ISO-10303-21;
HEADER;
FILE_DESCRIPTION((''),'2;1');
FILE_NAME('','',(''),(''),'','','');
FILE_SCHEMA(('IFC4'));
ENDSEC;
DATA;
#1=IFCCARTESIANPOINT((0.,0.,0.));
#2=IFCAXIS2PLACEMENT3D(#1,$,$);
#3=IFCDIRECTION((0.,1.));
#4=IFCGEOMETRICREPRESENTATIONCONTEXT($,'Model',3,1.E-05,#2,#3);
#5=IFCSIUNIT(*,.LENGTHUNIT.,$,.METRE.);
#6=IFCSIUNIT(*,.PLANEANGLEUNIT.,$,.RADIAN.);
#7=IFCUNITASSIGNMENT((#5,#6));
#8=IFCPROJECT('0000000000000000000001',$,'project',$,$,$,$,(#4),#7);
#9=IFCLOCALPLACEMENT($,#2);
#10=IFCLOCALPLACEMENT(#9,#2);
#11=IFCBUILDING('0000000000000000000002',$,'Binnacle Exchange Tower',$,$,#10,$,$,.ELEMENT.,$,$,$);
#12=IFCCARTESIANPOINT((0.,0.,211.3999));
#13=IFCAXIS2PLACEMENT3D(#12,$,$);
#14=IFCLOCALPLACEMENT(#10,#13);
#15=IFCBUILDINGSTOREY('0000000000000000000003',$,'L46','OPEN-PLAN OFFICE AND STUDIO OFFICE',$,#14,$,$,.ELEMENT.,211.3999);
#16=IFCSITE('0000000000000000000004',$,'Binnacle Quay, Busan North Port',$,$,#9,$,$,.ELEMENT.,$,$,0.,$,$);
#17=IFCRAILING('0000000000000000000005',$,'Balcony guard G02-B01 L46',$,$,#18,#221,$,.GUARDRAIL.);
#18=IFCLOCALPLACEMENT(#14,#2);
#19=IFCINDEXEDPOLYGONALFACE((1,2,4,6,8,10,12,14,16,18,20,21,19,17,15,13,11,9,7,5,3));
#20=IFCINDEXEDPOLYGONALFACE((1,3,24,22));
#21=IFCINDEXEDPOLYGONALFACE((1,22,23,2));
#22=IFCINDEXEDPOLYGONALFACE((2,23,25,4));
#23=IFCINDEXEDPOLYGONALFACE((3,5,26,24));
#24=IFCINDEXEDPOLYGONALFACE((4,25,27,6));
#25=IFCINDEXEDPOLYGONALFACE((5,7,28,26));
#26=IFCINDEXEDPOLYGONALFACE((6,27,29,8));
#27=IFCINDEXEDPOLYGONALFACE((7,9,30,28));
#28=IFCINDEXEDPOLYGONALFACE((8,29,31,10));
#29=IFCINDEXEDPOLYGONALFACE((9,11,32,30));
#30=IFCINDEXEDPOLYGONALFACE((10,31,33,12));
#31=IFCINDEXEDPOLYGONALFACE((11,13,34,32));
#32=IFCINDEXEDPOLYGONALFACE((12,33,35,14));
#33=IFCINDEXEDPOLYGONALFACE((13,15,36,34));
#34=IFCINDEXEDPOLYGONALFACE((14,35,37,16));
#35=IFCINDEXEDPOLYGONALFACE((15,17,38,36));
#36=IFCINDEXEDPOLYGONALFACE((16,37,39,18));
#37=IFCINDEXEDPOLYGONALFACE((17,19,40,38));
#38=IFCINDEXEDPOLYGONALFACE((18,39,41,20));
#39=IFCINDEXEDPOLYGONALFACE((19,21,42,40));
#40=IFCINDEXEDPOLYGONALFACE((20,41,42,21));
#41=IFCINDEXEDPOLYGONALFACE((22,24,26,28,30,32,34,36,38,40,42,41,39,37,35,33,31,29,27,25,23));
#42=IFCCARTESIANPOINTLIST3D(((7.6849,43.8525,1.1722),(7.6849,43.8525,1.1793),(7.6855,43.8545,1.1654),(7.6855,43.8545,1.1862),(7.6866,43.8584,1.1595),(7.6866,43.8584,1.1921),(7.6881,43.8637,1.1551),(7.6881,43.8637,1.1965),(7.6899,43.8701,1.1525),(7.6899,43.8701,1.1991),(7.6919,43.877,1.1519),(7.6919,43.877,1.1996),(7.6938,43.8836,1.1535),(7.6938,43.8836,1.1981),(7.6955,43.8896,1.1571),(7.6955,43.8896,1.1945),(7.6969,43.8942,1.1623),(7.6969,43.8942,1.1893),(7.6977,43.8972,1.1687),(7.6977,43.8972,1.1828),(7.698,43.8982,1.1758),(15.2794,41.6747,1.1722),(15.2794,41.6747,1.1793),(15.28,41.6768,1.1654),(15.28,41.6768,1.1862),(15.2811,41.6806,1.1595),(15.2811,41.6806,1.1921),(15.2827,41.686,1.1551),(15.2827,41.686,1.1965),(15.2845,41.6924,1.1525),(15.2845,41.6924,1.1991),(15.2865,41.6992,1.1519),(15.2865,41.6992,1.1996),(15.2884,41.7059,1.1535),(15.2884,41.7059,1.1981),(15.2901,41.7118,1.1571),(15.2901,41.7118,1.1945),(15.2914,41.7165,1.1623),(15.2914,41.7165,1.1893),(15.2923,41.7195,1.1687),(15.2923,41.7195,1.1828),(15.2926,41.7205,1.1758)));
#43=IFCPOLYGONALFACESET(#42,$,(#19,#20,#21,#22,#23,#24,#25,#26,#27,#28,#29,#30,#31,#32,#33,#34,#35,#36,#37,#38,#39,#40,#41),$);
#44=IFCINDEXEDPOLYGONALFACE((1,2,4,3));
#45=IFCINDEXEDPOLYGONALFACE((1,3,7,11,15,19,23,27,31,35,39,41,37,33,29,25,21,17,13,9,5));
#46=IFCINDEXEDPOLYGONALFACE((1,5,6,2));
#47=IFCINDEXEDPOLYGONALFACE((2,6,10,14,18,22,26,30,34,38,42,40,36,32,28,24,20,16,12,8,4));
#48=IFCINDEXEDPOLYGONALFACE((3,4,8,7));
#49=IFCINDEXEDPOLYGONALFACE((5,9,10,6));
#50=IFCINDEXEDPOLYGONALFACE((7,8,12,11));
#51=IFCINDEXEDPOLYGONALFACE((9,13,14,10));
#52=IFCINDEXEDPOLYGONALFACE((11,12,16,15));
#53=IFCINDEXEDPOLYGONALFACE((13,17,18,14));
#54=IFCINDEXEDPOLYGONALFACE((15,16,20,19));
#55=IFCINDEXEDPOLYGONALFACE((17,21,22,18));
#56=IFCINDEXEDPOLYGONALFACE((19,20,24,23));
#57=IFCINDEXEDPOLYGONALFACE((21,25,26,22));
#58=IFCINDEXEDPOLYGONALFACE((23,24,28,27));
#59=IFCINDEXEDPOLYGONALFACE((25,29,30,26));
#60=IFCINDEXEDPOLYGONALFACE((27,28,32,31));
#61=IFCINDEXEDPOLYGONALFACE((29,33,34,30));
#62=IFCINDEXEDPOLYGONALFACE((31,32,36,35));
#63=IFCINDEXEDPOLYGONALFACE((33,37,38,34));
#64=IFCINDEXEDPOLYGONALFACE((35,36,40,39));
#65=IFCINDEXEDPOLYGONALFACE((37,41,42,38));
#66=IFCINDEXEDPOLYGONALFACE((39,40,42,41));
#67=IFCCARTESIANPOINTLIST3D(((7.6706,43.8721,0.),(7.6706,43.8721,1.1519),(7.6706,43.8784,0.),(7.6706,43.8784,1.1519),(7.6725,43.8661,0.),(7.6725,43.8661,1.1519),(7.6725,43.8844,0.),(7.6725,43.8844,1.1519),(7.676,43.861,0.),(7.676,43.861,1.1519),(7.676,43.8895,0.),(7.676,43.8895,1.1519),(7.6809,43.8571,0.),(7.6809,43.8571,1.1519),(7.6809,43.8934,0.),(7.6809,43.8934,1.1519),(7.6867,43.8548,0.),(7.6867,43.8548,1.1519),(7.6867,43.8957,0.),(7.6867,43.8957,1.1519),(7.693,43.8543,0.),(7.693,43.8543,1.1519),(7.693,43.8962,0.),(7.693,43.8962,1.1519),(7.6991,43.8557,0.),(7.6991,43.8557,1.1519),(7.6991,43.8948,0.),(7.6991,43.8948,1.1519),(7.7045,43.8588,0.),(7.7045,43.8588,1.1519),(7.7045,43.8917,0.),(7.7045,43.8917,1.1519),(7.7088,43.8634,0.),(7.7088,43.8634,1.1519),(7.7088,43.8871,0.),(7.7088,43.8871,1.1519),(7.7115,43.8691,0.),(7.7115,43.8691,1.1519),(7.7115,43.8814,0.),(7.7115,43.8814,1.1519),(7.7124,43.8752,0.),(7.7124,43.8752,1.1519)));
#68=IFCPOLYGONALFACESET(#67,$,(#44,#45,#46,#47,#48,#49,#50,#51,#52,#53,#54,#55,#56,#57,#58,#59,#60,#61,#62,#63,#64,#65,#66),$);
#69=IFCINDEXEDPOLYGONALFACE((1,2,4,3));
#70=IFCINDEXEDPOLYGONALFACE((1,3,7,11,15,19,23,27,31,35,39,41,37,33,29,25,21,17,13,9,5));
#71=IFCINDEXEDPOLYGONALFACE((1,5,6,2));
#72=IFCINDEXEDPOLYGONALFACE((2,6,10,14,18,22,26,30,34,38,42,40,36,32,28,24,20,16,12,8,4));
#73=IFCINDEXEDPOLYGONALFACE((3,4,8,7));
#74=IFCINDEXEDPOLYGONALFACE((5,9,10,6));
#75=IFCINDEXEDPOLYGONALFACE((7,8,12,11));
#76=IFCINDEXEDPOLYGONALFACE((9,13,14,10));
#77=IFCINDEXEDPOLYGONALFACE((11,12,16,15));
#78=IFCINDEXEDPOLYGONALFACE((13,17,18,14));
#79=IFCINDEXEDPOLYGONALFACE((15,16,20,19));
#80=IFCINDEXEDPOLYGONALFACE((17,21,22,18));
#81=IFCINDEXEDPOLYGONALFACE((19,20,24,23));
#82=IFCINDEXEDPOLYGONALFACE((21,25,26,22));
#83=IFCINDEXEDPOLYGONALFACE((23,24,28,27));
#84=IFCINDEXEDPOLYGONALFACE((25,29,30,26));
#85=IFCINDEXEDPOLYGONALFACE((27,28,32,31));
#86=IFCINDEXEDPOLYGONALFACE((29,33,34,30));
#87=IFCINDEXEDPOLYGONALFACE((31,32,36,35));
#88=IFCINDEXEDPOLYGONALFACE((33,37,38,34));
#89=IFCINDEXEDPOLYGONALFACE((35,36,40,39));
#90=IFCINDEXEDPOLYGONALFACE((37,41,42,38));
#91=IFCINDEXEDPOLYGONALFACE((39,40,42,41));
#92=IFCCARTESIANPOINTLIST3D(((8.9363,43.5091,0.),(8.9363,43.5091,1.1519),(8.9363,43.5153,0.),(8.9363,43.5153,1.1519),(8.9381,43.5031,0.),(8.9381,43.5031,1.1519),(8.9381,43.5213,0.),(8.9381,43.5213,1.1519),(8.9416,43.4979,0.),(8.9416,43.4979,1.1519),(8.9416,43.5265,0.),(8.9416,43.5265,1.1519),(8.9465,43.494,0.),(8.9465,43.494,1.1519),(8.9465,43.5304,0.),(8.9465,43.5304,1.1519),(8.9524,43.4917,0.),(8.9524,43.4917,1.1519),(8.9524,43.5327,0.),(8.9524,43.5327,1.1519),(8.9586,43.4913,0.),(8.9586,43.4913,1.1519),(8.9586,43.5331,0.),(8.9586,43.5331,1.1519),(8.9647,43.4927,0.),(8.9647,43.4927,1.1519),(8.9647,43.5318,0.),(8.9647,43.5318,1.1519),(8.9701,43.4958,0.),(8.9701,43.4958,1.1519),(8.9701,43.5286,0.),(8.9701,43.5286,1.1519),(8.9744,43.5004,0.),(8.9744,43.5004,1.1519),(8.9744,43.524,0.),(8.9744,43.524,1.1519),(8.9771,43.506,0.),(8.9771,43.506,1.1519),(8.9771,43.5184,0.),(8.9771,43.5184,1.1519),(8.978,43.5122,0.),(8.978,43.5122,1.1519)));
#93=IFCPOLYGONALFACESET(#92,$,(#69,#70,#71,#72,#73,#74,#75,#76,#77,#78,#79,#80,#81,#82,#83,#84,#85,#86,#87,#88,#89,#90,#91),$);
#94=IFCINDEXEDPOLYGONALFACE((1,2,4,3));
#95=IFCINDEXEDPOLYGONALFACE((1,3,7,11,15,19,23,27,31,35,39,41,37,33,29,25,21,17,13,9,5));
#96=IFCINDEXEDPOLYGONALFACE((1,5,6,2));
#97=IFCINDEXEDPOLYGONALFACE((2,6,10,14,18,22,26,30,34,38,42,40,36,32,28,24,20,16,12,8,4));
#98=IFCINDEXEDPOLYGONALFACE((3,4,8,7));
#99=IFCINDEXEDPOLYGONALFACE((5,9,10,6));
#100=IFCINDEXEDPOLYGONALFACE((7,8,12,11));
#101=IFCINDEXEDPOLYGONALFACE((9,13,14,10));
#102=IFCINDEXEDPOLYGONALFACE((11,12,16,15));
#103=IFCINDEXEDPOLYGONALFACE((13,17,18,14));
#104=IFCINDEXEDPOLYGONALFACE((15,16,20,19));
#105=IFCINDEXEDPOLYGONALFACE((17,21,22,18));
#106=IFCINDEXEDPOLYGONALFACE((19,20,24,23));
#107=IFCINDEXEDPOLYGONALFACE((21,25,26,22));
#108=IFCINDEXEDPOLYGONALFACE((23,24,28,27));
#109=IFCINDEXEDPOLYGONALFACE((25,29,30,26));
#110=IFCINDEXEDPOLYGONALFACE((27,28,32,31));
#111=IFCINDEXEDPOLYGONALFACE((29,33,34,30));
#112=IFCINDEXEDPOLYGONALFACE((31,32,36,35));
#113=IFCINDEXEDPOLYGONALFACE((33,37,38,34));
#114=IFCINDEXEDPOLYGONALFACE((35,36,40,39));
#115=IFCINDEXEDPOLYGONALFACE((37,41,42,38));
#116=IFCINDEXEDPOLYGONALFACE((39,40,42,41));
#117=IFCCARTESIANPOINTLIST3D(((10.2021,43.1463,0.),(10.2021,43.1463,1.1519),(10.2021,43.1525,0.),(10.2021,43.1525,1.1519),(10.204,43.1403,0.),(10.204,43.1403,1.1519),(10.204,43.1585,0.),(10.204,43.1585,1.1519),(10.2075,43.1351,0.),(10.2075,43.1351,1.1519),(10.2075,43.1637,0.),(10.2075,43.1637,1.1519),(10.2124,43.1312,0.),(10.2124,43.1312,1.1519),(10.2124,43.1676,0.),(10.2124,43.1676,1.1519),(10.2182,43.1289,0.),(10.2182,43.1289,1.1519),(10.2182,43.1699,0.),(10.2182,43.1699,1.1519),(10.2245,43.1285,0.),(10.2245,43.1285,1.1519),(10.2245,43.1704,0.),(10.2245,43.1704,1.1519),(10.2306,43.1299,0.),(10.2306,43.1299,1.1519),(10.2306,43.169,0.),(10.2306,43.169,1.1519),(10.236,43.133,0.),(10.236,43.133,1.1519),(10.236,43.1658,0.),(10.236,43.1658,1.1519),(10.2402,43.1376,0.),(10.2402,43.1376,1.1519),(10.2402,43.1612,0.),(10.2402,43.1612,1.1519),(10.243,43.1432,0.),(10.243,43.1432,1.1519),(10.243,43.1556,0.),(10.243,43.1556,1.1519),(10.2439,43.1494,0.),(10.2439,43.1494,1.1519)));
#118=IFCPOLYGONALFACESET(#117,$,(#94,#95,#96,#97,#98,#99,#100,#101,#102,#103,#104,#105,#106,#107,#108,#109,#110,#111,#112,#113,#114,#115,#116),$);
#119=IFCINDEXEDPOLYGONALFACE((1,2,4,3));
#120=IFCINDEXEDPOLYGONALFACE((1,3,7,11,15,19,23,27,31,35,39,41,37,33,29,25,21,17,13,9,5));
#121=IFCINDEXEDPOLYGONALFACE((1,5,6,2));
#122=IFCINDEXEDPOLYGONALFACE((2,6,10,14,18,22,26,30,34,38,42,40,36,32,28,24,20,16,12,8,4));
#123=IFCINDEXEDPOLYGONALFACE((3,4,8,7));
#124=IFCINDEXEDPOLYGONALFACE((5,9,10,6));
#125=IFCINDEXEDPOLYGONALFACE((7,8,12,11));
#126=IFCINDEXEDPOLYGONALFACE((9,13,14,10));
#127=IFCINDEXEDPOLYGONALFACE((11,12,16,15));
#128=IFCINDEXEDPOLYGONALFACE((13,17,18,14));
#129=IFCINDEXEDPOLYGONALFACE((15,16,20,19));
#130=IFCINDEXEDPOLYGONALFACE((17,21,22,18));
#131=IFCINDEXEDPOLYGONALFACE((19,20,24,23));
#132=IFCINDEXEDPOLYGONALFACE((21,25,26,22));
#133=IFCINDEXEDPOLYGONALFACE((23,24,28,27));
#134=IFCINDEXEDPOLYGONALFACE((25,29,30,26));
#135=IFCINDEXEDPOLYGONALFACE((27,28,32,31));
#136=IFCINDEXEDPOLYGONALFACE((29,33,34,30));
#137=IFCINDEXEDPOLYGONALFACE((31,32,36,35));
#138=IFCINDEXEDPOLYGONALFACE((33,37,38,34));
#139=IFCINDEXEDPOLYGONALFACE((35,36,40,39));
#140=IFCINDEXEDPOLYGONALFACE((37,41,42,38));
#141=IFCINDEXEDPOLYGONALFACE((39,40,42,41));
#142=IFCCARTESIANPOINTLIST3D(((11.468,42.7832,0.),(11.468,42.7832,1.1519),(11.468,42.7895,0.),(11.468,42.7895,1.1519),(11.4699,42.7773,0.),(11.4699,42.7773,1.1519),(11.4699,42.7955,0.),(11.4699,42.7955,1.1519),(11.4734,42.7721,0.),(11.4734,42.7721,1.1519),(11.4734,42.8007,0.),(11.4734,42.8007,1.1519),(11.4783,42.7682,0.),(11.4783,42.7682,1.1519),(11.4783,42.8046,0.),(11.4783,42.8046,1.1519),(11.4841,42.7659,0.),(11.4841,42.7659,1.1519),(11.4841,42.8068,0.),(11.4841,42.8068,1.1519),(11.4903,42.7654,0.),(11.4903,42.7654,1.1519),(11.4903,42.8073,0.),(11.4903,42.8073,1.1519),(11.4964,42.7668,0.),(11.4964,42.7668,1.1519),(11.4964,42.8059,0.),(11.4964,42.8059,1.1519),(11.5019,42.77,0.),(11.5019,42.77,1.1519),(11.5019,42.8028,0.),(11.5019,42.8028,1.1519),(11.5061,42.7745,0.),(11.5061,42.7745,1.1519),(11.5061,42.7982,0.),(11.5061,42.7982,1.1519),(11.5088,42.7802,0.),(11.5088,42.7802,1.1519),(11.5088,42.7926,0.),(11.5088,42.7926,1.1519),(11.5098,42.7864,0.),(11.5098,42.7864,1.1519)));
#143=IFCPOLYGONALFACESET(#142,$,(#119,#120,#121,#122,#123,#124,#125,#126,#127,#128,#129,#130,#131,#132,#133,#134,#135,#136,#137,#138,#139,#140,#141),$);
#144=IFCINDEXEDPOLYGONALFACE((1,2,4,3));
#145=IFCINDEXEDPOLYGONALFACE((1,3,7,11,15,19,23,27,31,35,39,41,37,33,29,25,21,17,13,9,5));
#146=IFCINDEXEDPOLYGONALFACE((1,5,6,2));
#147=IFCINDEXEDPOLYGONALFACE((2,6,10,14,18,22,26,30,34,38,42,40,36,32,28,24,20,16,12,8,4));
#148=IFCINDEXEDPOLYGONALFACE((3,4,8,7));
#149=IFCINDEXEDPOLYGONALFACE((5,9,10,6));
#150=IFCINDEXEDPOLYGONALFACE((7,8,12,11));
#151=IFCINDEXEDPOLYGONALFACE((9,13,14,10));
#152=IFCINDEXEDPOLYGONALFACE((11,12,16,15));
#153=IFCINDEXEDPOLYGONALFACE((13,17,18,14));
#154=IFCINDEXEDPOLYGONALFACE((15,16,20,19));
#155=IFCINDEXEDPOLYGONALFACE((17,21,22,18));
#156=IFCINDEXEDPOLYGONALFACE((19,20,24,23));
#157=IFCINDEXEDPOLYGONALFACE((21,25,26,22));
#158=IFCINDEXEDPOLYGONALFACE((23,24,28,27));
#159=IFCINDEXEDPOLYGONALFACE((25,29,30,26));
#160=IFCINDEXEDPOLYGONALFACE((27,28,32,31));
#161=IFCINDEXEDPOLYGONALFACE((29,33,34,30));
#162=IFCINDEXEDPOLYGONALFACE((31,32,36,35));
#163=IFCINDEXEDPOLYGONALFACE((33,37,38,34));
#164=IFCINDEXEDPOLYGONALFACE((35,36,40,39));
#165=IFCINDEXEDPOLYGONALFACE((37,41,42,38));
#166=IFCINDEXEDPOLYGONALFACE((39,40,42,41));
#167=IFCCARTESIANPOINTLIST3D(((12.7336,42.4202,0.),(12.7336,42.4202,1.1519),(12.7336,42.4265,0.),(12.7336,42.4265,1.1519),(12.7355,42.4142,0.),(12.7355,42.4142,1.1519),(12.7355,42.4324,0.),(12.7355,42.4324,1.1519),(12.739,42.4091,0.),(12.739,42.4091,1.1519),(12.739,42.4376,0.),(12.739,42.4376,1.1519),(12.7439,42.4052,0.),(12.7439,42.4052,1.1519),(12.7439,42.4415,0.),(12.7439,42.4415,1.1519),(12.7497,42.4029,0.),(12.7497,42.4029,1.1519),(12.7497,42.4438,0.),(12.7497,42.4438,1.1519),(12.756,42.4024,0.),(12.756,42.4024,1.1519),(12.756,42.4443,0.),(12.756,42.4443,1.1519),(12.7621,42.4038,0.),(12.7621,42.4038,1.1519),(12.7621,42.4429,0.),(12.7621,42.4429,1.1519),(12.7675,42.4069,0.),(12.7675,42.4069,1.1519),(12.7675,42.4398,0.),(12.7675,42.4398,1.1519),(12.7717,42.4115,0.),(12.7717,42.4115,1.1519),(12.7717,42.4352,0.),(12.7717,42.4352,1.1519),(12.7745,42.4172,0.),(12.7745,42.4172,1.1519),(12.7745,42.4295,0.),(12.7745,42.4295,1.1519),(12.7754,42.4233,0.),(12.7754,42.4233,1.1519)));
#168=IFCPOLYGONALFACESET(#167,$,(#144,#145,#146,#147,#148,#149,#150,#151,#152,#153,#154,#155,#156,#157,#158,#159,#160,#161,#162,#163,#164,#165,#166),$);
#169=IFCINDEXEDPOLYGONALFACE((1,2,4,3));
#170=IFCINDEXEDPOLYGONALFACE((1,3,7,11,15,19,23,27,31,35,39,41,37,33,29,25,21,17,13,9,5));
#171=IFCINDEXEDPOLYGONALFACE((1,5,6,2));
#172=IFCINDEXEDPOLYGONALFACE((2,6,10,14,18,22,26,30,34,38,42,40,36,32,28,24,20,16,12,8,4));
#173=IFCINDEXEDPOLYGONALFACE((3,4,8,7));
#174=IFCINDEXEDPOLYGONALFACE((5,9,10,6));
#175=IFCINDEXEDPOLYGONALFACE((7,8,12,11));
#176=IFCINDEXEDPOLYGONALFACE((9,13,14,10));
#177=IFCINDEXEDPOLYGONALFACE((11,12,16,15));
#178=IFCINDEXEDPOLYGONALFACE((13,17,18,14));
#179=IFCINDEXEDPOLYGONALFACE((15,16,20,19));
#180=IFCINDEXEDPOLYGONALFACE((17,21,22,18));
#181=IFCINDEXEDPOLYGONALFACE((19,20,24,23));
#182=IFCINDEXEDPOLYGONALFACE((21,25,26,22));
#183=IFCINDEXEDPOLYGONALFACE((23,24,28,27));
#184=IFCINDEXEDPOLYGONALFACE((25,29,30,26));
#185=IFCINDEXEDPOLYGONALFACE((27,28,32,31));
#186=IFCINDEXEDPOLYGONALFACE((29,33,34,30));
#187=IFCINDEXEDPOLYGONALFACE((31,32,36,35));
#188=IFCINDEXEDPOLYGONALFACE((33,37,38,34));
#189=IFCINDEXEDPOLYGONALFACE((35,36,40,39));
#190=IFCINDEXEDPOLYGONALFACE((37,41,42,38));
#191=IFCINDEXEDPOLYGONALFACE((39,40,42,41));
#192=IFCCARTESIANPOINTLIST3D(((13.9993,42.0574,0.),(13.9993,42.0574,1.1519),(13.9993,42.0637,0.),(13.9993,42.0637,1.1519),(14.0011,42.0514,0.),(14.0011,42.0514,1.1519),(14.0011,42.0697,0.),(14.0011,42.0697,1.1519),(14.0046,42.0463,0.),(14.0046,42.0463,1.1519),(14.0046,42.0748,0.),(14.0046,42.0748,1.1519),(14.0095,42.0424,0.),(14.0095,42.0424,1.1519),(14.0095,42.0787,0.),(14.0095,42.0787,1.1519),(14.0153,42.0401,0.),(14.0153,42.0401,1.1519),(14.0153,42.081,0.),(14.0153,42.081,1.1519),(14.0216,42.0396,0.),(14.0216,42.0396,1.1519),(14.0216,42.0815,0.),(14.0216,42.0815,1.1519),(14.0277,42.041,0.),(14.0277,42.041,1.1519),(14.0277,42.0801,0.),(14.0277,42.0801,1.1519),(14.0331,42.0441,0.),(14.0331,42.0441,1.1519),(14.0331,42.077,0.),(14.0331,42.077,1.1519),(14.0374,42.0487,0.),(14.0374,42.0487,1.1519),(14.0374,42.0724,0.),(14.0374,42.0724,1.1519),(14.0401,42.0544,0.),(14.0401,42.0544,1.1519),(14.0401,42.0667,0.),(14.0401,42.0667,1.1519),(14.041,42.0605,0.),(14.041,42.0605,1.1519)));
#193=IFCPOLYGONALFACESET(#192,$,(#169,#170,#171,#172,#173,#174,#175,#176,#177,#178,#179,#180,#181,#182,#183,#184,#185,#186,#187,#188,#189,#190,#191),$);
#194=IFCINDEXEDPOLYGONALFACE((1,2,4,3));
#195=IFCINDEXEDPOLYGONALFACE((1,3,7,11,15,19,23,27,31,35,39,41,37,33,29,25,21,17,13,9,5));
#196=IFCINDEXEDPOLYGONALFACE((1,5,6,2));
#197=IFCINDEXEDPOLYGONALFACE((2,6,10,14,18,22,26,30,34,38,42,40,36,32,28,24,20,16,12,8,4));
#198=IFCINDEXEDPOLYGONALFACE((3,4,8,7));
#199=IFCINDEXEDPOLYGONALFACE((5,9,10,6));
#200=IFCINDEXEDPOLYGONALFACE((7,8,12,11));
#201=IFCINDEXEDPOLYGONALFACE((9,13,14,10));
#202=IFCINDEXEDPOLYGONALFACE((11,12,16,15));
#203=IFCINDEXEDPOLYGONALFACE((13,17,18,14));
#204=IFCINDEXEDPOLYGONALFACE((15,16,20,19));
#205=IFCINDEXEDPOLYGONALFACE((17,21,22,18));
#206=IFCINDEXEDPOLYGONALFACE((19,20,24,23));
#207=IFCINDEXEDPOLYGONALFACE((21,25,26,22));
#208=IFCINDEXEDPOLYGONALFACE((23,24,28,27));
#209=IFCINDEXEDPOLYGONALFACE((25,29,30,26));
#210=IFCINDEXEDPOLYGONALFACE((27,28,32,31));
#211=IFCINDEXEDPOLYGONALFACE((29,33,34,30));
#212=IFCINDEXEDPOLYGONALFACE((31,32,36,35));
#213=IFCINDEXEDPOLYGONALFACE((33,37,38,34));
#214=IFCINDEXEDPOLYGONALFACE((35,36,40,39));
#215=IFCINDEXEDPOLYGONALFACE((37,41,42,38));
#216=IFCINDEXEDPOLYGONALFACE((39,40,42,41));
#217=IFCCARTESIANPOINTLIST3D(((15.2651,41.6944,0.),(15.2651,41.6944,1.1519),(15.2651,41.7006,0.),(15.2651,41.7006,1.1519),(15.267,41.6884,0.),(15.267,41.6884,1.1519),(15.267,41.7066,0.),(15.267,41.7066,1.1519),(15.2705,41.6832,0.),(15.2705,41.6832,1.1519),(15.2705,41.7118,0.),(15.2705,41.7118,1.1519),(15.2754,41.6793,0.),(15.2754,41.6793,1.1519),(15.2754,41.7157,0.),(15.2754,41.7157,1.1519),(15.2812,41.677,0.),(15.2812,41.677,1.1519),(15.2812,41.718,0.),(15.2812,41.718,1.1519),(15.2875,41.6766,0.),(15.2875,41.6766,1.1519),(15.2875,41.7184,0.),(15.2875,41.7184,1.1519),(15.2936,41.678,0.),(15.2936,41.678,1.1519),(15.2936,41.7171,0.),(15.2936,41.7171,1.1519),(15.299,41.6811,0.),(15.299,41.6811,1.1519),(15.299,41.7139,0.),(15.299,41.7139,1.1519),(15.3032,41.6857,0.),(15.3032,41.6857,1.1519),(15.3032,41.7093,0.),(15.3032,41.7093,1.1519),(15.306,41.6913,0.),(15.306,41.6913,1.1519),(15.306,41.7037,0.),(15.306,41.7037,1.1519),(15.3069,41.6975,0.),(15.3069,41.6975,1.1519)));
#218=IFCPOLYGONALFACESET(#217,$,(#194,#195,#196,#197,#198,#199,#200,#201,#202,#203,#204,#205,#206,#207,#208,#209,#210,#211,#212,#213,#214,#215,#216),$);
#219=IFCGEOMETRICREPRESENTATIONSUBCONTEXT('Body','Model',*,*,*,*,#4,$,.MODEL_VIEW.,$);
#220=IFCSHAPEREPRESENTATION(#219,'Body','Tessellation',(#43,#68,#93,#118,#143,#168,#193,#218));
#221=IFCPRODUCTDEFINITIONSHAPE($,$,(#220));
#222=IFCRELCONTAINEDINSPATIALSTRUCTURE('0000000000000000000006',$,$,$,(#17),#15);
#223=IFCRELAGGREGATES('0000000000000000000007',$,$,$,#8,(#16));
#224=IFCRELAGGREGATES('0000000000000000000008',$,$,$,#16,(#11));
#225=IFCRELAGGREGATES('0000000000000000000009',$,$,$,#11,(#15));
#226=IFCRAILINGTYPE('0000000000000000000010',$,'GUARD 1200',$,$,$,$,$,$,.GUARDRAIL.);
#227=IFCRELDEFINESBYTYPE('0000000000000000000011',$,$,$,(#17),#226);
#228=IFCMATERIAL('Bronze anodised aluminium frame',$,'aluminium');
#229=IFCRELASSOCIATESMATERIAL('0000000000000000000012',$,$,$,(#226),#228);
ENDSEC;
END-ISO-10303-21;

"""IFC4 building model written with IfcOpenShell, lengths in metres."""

from ifc_helpers import new_model, si_unit, direction, frame, origin, origin_2d, place, context, subcontext, project, spatial, circle, extrude, material, type_object, element, save


model = new_model("IFC4")

# Units and contexts
model_context = context("Model", 3, precision=1e-05, world=origin(), true_north=direction((0.0, 1.0)))
body_context = subcontext(model_context, "Body", "Model", "MODEL_VIEW")
ifc_project = project(units=[si_unit("LENGTHUNIT", "METRE"), si_unit("PLANEANGLEUNIT", "RADIAN")], contexts=[model_context])

# Site, building, storey
site_placement = place(None, origin())
site = spatial("IfcSite", under=ifc_project, at=site_placement, Name="Binnacle Quay, Busan North Port", CompositionType="ELEMENT", RefElevation=0.0)
building_placement = place(site_placement, origin())
building = spatial("IfcBuilding", under=site, at=building_placement, Name="Binnacle Exchange Tower", CompositionType="ELEMENT")
storey_placement = place(building_placement, frame((0.0, 0.0, 211.3999)))
storey = spatial("IfcBuildingStorey", under=building, at=storey_placement, Name="L46", Description="OPEN-PLAN OFFICE AND STUDIO OFFICE", CompositionType="ELEMENT", Elevation=211.3999)

# Shared definitions
ifc_material_1 = material(Name="Bronze anodised aluminium frame", Category="aluminium")

# Railing
railing_type = type_object("IfcRailingType", Name="GUARD 1200", PredefinedType="GUARDRAIL", material=ifc_material_1)
railing_1_placement = place(storey_placement, frame((7.6914, 43.8752, 0.0)))
element("IfcRailing", 1, at=railing_1_placement, inside=storey, type_object=railing_type, Name="Balcony guard G02-B01 L46", PredefinedType="GUARDRAIL", context=body_context, shape_type="SweptSolid", body=[
    extrude(circle(Radius=0.0239, at=origin_2d()), frame((0.0, 0.0, 1.1758), z_axis=(0.96126, -0.275643, 0.0), x_axis=(0.275643, 0.96126, 0.0)), (0.0, 0.0, 1.0), 7.9006),
    extrude(circle(Radius=0.021, at=origin_2d()), origin(), (0.0, 0.0, 1.0), 1.1519),
    extrude(circle(Radius=0.021, at=origin_2d()), frame((1.2656, -0.363, 0.0)), (0.0, 0.0, 1.0), 1.1519),
    extrude(circle(Radius=0.021, at=origin_2d()), frame((2.5315, -0.7258, 0.0)), (0.0, 0.0, 1.0), 1.1519),
    extrude(circle(Radius=0.021, at=origin_2d()), frame((3.7974, -1.0889, 0.0)), (0.0, 0.0, 1.0), 1.1519),
    extrude(circle(Radius=0.021, at=origin_2d()), frame((5.063, -1.4519, 0.0)), (0.0, 0.0, 1.0), 1.1519),
    extrude(circle(Radius=0.021, at=origin_2d()), frame((6.3286, -1.8147, 0.0)), (0.0, 0.0, 1.0), 1.1519),
    extrude(circle(Radius=0.021, at=origin_2d()), frame((7.5945, -2.1777, 0.0)), (0.0, 0.0, 1.0), 1.1519),
])

save(model, "model.ifc")
